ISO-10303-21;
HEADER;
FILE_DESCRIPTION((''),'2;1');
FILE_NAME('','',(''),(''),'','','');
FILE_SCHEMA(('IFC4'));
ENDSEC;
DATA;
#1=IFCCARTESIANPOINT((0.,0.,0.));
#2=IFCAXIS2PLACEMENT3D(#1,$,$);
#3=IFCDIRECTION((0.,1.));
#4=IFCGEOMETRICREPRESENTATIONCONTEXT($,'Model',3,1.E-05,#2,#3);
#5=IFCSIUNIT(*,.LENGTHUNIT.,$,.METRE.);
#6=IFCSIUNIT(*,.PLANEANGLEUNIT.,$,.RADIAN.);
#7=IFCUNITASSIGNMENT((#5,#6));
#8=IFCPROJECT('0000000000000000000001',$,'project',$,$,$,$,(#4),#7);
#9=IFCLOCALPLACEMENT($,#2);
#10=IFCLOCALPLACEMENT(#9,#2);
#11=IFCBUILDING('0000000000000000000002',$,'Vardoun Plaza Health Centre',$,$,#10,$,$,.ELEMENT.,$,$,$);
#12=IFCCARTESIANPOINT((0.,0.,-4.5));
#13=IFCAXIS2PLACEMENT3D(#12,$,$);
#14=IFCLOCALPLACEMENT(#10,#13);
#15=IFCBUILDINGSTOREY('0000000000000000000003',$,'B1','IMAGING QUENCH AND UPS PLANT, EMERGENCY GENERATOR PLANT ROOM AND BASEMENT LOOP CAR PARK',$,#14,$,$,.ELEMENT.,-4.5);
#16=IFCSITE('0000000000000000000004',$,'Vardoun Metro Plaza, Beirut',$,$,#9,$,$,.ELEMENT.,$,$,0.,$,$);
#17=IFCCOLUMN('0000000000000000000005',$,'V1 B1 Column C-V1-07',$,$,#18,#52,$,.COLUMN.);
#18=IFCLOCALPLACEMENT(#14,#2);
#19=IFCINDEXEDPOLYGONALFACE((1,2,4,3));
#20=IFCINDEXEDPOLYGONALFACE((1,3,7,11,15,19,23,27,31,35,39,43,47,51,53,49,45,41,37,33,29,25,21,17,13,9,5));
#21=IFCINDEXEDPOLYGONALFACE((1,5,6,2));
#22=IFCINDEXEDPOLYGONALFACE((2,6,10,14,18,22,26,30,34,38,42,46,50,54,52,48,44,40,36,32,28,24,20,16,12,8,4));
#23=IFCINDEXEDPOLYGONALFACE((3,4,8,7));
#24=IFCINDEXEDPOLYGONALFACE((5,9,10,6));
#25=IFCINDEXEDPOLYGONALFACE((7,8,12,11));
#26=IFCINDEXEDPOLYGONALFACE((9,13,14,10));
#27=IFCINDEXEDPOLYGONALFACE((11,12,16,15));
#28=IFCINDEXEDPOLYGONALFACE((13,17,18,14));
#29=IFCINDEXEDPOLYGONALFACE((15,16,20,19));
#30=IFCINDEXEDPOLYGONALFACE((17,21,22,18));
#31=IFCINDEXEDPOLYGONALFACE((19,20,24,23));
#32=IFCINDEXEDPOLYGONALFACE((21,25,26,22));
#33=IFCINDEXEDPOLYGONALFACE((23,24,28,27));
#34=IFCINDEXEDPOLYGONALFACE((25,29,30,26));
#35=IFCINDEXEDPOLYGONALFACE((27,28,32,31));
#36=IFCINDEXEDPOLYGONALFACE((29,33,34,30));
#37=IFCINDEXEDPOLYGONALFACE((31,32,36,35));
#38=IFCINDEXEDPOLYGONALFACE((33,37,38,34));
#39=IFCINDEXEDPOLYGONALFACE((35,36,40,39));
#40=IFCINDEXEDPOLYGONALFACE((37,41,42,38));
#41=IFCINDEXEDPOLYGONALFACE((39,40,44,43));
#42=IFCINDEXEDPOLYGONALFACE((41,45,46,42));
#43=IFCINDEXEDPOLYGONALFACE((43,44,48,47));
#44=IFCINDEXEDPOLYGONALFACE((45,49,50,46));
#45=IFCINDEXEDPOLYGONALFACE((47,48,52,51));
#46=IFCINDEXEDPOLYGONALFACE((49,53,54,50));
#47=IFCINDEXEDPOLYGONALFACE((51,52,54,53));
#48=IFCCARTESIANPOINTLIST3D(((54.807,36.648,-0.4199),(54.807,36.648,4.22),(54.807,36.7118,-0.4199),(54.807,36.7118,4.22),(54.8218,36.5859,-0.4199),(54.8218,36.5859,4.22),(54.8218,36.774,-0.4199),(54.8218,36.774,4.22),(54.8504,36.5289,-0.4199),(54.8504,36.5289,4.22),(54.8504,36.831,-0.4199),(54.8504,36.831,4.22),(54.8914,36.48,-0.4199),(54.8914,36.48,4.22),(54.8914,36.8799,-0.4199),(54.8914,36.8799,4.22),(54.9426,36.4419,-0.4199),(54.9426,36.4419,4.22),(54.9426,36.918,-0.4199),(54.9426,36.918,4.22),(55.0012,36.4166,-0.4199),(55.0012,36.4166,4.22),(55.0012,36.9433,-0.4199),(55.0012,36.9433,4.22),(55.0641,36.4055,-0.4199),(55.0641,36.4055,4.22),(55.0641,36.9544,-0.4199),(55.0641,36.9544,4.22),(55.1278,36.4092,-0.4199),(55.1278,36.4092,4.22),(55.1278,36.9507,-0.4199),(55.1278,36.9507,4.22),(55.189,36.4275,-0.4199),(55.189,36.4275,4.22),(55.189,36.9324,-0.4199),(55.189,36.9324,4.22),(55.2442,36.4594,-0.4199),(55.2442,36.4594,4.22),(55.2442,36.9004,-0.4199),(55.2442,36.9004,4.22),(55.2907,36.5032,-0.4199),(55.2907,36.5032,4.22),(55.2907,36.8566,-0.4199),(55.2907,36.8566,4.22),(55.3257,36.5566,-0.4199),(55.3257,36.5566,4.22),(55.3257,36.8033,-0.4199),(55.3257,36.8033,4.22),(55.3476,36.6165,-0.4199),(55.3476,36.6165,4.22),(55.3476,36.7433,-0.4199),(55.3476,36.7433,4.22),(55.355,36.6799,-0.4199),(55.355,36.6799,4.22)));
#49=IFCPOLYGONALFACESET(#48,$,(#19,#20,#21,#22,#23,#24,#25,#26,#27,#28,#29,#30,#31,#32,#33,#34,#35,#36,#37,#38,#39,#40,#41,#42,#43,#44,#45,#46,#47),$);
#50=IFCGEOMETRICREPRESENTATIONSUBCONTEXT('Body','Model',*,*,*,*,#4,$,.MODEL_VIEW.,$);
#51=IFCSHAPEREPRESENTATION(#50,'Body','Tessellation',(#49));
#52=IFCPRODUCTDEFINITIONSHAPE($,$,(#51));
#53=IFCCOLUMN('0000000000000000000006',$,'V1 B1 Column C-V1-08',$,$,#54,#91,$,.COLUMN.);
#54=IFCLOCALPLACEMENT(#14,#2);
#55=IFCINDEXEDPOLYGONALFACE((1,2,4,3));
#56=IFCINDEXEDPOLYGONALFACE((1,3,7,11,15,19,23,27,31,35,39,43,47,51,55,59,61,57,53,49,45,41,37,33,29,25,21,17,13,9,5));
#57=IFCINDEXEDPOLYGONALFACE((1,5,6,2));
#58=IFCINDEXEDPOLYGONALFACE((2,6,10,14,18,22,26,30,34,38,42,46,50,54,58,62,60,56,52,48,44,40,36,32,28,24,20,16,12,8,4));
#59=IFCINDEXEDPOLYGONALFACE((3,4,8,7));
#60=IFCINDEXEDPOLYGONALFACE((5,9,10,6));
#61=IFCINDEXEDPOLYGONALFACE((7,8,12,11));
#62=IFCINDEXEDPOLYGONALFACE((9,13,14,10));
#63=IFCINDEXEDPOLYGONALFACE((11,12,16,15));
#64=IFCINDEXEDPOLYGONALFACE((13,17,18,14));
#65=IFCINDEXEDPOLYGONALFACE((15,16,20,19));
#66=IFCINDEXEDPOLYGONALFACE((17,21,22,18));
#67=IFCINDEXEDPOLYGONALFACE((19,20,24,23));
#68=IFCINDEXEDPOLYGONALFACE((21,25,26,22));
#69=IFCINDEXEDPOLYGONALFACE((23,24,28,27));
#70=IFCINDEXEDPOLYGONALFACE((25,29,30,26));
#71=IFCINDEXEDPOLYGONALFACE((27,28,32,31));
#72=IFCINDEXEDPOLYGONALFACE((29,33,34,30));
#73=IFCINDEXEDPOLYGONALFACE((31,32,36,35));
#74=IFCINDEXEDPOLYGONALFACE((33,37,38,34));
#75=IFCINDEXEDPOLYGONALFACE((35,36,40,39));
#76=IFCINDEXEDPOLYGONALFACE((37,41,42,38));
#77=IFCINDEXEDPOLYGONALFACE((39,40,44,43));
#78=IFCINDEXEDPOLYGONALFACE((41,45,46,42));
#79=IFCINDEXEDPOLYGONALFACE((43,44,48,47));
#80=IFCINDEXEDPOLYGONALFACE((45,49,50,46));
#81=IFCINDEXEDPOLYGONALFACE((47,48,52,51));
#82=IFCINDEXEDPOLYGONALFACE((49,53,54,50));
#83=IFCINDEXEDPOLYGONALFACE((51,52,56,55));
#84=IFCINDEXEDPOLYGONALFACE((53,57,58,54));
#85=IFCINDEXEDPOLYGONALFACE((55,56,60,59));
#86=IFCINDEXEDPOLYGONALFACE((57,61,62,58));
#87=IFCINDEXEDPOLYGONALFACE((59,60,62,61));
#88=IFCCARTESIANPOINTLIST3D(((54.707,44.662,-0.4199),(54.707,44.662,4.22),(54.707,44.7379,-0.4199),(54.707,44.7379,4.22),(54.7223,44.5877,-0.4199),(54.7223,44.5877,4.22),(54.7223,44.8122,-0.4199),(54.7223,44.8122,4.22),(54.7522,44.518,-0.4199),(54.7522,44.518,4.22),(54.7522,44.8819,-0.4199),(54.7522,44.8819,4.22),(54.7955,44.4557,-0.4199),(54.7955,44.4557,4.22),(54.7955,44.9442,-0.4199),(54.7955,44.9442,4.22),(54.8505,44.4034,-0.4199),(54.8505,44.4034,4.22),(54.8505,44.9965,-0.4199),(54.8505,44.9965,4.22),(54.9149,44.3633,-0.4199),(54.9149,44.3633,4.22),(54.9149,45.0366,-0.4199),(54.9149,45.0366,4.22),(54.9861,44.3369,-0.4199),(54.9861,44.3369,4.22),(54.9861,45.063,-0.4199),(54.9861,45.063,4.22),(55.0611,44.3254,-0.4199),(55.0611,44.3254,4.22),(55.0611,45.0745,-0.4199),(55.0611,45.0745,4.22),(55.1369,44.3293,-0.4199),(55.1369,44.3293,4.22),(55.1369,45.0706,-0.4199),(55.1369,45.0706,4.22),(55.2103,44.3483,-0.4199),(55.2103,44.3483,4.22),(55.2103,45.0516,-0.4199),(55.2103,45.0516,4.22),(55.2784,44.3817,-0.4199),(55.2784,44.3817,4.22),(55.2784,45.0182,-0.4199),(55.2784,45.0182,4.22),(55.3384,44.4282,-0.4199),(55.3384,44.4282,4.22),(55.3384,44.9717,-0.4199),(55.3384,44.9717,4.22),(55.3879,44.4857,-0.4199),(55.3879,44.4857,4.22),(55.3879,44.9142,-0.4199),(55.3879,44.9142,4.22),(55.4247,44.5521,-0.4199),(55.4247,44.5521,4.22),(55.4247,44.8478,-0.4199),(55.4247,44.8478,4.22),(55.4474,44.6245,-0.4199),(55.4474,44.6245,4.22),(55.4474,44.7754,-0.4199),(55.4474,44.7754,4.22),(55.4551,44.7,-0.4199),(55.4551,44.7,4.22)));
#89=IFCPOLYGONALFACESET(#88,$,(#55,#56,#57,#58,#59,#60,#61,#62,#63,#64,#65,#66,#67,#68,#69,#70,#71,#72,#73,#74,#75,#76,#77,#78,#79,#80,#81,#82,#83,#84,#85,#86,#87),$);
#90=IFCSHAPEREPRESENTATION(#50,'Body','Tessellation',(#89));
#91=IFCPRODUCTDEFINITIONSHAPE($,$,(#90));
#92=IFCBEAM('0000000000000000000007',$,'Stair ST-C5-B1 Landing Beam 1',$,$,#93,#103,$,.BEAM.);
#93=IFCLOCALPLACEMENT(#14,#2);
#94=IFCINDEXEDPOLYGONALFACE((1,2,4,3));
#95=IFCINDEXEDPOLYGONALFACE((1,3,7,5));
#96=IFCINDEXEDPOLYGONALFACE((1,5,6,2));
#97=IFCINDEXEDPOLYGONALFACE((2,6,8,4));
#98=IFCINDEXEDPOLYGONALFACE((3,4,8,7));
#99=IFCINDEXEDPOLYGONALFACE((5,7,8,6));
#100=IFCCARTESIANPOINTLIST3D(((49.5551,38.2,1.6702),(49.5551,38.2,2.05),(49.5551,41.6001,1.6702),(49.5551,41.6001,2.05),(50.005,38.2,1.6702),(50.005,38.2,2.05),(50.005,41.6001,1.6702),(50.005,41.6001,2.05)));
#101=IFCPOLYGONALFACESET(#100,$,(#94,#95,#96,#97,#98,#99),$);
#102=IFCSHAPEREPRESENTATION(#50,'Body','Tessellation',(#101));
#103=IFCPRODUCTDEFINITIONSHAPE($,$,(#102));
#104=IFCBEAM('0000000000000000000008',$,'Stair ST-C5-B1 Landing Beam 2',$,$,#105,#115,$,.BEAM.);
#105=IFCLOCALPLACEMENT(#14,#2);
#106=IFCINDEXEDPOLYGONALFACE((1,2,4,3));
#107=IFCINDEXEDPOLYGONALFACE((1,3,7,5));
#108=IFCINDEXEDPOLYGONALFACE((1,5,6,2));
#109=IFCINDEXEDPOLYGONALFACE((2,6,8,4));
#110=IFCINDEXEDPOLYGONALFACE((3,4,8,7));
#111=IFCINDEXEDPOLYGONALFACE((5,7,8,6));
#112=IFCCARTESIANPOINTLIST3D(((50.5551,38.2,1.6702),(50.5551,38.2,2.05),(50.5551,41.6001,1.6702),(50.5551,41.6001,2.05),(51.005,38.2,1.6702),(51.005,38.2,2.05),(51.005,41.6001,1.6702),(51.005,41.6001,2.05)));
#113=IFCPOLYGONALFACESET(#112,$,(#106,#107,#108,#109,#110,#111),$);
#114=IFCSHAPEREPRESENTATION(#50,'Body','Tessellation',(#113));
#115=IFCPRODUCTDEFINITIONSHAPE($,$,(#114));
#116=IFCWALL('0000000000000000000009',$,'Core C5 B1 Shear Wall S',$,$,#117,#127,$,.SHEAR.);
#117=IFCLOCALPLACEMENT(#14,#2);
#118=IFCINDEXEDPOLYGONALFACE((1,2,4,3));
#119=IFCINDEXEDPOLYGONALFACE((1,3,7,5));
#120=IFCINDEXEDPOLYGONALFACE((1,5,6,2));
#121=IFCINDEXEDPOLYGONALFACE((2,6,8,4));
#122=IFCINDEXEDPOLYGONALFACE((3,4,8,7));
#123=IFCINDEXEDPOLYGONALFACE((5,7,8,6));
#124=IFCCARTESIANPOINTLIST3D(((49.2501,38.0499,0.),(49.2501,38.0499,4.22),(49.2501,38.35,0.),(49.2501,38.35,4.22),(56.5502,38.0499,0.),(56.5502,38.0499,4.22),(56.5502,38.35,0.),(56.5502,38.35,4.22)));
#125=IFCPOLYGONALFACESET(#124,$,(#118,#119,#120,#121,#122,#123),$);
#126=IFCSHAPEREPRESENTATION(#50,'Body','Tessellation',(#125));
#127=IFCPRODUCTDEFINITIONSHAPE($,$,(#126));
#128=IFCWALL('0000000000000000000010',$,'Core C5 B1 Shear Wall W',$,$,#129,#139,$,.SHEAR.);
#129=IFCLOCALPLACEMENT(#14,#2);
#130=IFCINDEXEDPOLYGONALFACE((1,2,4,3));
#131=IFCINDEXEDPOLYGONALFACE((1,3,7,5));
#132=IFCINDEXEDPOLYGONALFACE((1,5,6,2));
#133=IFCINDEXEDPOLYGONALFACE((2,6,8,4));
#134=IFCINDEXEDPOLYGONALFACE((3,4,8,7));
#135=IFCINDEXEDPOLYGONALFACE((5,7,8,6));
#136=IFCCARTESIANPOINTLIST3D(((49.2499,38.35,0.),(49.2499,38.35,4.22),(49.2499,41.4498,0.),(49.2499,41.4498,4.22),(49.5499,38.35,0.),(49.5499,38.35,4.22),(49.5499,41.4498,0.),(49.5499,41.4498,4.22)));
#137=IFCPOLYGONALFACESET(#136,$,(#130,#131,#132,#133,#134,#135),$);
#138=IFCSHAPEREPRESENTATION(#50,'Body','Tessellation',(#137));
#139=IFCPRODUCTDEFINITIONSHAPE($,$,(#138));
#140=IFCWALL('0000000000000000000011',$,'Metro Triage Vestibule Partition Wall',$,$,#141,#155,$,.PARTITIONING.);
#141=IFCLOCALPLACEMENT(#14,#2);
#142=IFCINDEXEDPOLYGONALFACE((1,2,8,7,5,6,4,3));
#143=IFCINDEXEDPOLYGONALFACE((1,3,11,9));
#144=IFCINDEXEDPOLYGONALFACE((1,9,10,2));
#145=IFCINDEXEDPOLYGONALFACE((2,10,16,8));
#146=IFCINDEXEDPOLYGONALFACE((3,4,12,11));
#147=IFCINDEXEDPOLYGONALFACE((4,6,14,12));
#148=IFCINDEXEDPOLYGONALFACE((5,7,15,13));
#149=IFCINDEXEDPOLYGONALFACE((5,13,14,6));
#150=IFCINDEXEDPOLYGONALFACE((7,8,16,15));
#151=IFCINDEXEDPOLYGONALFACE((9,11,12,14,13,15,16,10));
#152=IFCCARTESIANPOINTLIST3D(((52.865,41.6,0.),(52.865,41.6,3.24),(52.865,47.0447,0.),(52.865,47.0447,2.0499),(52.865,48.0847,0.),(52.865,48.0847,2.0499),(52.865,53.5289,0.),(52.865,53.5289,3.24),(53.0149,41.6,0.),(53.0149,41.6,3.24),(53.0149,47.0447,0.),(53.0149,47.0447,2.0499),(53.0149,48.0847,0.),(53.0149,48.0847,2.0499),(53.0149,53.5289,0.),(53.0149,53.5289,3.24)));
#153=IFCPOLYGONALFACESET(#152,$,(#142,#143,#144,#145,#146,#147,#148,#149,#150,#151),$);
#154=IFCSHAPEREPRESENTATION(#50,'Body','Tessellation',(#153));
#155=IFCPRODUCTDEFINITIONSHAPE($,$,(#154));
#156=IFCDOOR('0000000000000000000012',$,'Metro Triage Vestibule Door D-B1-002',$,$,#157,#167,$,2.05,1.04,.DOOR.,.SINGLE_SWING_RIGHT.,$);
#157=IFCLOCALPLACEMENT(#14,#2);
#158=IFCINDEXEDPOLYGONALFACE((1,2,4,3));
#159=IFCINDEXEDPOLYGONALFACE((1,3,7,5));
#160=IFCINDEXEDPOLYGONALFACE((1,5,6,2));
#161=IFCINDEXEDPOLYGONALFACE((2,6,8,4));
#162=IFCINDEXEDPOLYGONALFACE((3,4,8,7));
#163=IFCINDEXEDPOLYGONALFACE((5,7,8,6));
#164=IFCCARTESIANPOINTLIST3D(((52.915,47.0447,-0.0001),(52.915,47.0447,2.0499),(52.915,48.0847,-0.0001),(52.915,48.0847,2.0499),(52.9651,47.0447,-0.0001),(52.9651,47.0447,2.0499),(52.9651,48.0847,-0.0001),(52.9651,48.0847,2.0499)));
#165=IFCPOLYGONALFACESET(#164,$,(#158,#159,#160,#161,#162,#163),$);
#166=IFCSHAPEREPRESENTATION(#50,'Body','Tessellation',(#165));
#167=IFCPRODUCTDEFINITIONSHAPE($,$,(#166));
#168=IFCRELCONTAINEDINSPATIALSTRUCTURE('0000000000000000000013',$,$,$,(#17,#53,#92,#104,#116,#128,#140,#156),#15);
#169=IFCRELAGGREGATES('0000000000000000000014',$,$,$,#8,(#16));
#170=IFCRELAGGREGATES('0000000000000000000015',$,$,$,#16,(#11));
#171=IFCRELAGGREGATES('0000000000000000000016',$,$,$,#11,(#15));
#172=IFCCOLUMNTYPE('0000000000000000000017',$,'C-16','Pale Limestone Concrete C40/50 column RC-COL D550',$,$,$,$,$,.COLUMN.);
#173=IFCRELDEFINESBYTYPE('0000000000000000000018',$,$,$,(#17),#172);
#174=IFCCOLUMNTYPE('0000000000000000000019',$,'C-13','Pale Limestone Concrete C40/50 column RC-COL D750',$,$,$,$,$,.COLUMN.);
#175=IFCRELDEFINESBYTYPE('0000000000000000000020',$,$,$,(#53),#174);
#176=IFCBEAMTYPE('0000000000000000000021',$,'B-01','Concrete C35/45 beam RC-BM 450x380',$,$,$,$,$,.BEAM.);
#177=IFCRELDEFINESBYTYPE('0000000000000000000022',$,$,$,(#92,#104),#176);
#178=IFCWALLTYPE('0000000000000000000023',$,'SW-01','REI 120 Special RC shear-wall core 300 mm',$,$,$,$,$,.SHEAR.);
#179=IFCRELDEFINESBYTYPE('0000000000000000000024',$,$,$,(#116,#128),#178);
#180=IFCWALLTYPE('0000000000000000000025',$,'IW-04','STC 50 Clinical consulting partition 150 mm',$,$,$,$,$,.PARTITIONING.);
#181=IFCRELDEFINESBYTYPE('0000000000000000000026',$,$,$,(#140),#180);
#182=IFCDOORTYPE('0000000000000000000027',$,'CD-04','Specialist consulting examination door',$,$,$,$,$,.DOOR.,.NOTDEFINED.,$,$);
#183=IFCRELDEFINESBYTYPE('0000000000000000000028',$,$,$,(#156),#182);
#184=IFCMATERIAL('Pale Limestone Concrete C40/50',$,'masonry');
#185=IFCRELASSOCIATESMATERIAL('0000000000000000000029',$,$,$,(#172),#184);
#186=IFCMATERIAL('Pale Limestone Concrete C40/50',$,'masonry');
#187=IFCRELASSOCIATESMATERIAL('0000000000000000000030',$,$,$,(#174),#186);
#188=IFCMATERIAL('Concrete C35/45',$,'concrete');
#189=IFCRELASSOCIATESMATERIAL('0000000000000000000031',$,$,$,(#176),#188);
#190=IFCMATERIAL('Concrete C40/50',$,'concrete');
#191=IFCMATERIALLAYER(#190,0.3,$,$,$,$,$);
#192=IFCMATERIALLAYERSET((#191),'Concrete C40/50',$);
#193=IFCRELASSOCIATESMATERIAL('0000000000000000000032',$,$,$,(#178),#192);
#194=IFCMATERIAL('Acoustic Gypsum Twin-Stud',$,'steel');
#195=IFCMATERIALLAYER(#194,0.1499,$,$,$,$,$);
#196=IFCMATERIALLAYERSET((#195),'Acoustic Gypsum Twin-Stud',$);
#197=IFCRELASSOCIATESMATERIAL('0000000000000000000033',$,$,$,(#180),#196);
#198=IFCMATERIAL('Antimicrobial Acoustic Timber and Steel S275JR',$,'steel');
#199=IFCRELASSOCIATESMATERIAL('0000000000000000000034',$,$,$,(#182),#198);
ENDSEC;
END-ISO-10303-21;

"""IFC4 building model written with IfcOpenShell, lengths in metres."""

from ifc_helpers import new_model, si_unit, direction, frame, frame_2d, origin, origin_2d, place, context, subcontext, project, spatial, rectangle, circle, extrude, material, layer, layer_set, material_profile, profile_set, type_object, element, fill, save


model = new_model("IFC4")

# Units and contexts
model_context = context("Model", 3, precision=1e-05, world=origin(), true_north=direction((0.0, 1.0)))
body_context = subcontext(model_context, "Body", "Model", "MODEL_VIEW")
ifc_project = project(units=[si_unit("LENGTHUNIT", "METRE"), si_unit("PLANEANGLEUNIT", "RADIAN")], contexts=[model_context])

# Site, building, storey
site_placement = place(None, origin())
site = spatial("IfcSite", under=ifc_project, at=site_placement, Name="Vardoun Metro Plaza, Beirut", CompositionType="ELEMENT", RefElevation=0.0)
building_placement = place(site_placement, origin())
building = spatial("IfcBuilding", under=site, at=building_placement, Name="Vardoun Plaza Health Centre", CompositionType="ELEMENT")
storey_placement = place(building_placement, frame((0.0, 0.0, -4.5)))
storey = spatial("IfcBuildingStorey", under=building, at=storey_placement, Name="B1", Description="IMAGING QUENCH AND UPS PLANT, EMERGENCY GENERATOR PLANT ROOM AND BASEMENT LOOP CAR PARK", CompositionType="ELEMENT", Elevation=-4.5)

# Columns
ifc_material_1 = material(Name="Pale Limestone Concrete C40/50", Category="masonry")
ifc_material_profile_1 = material_profile(ifc_material_1, circle(Radius=0.2749, at=origin_2d()), Name="RC-COL D550")
ifc_profile_set_1 = profile_set([ifc_material_profile_1], Name="Pale Limestone Concrete C40/50")
column_type_1 = type_object("IfcColumnType", Name="C-16", Description="Pale Limestone Concrete C40/50 column RC-COL D550", PredefinedType="COLUMN", material=ifc_profile_set_1)
column_1_placement = place(storey_placement, frame((55.0801, 36.6799, -0.4199), z_axis=(0.0, 0.0, 1.0), x_axis=(1.0, 0.0, 0.0)))
element("IfcColumn", 1, at=column_1_placement, inside=storey, type_object=column_type_1, Name="V1 B1 Column C-V1-07", PredefinedType="COLUMN", context=body_context, shape_type="SweptSolid", body=[
    extrude(circle(Radius=0.2749, at=origin_2d()), origin(), (0.0, 0.0, 1.0), 4.6399),
])
ifc_material_2 = material(Name="Pale Limestone Concrete C40/50", Category="masonry")
ifc_material_profile_2 = material_profile(ifc_material_2, circle(Radius=0.375, at=origin_2d()), Name="RC-COL D750")
ifc_profile_set_2 = profile_set([ifc_material_profile_2], Name="Pale Limestone Concrete C40/50")
column_type_2 = type_object("IfcColumnType", Name="C-13", Description="Pale Limestone Concrete C40/50 column RC-COL D750", PredefinedType="COLUMN", material=ifc_profile_set_2)
column_2_placement = place(storey_placement, frame((55.0801, 44.7, -0.4199), z_axis=(0.0, 0.0, 1.0), x_axis=(1.0, 0.0, 0.0)))
element("IfcColumn", 2, at=column_2_placement, inside=storey, type_object=column_type_2, Name="V1 B1 Column C-V1-08", PredefinedType="COLUMN", context=body_context, shape_type="SweptSolid", body=[
    extrude(circle(Radius=0.375, at=origin_2d()), origin(), (0.0, 0.0, 1.0), 4.6399),
])

# Beams
ifc_material_3 = material(Name="Concrete C35/45", Category="concrete")
ifc_material_profile_3 = material_profile(ifc_material_3, rectangle(XDim=0.45, YDim=0.3799, at=origin_2d()), Name="RC-BM 450x380")
ifc_profile_set_3 = profile_set([ifc_material_profile_3], Name="Concrete C35/45")
beam_type = type_object("IfcBeamType", Name="B-01", Description="Concrete C35/45 beam RC-BM 450x380", PredefinedType="BEAM", material=ifc_profile_set_3)
for number, where, z_axis, x_axis, name in (
    (3, (49.78, 38.2, 1.8601), (0.0, 1.0, 0.0), (-1.0, 0.0, 0.0), "Stair ST-C5-B1 Landing Beam 1"),
    (4, (50.78, 38.2, 1.8601), (0.0, 1.0, 0.0), (-1.0, 0.0, 0.0), "Stair ST-C5-B1 Landing Beam 2"),
):
    element("IfcBeam", number, at=place(storey_placement, frame(where, z_axis=z_axis, x_axis=x_axis)), inside=storey, type_object=beam_type, Name=name, PredefinedType="BEAM", context=body_context, shape_type="SweptSolid", body=[
        extrude(rectangle(XDim=0.45, YDim=0.3799, at=origin_2d()), origin(), (0.0, 0.0, 1.0), 3.4001),
    ])

# Walls
ifc_material_4 = material(Name="Concrete C40/50", Category="concrete")
ifc_layer_1 = layer(ifc_material_4, 0.3)
ifc_layer_set_1 = layer_set([ifc_layer_1], Name="Concrete C40/50")
wall_type_1 = type_object("IfcWallType", Name="SW-01", Description="REI 120 Special RC shear-wall core 300 mm", PredefinedType="SHEAR", material=ifc_layer_set_1)
wall_1_placement = place(storey_placement, frame((56.55, 38.2, 0.0), z_axis=(0.0, 0.0, 1.0), x_axis=(-1.0, 0.0, 0.0)))
element("IfcWall", 5, at=wall_1_placement, inside=storey, type_object=wall_type_1, Name="Core C5 B1 Shear Wall S", PredefinedType="SHEAR", context=body_context, shape_type="SweptSolid", body=[
    extrude(rectangle(XDim=7.3, YDim=0.3, at=frame_2d((3.6499, 0.0))), origin(), (0.0, 0.0, 1.0), 4.22),
])
wall_2_placement = place(storey_placement, frame((49.3999, 38.3501, 0.0), z_axis=(0.0, 0.0, 1.0), x_axis=(0.0, 1.0, 0.0)))
element("IfcWall", 6, at=wall_2_placement, inside=storey, type_object=wall_type_1, Name="Core C5 B1 Shear Wall W", PredefinedType="SHEAR", context=body_context, shape_type="SweptSolid", body=[
    extrude(rectangle(XDim=3.0999, YDim=0.3, at=frame_2d((1.5498, 0.0))), origin(), (0.0, 0.0, 1.0), 4.22),
])

# Wall, opening, door
ifc_material_5 = material(Name="Acoustic Gypsum Twin-Stud", Category="steel")
ifc_layer_2 = layer(ifc_material_5, 0.1499)
ifc_layer_set_2 = layer_set([ifc_layer_2], Name="Acoustic Gypsum Twin-Stud")
wall_type_2 = type_object("IfcWallType", Name="IW-04", Description="STC 50 Clinical consulting partition 150 mm", PredefinedType="PARTITIONING", material=ifc_layer_set_2)
wall_3_placement = place(storey_placement, frame((52.9399, 41.6001, 0.0), z_axis=(0.0, 0.0, 1.0), x_axis=(0.0, 1.0, 0.0)))
wall_3 = element("IfcWall", 7, at=wall_3_placement, inside=storey, type_object=wall_type_2, Name="Metro Triage Vestibule Partition Wall", PredefinedType="PARTITIONING", context=body_context, shape_type="SweptSolid", body=[
    extrude(rectangle(XDim=11.929, YDim=0.1499, at=frame_2d((5.9644, 0.0))), origin(), (0.0, 0.0, 1.0), 3.24),
])
opening_1_placement = place(wall_3_placement, frame((5.4446, 0.0, 0.0)))
opening_1 = element("IfcOpeningElement", 8, at=opening_1_placement, cuts=wall_3, PredefinedType="OPENING", context=body_context, shape_type="SweptSolid", body=[
    extrude(rectangle(XDim=1.04, YDim=2.05, at=frame_2d((0.52, 1.0249))), frame((0.0, 0.075, 0.0), z_axis=(0.0, -1.0, 0.0), x_axis=(1.0, 0.0, 0.0)), (0.0, 0.0, 1.0), 0.1499),
])
ifc_material_6 = material(Name="Antimicrobial Acoustic Timber and Steel S275JR", Category="steel")
door_type_1 = type_object("IfcDoorType", Name="CD-04", Description="Specialist consulting examination door", OperationType="NOTDEFINED", PredefinedType="DOOR", material=ifc_material_6)
door_1_placement = place(opening_1_placement, origin())
door_1 = element("IfcDoor", 9, at=door_1_placement, inside=storey, type_object=door_type_1, Name="Metro Triage Vestibule Door D-B1-002", OperationType="SINGLE_SWING_RIGHT", OverallHeight=2.05, OverallWidth=1.04, PredefinedType="DOOR", context=body_context, shape_type="SweptSolid", body=[
    extrude(rectangle(XDim=1.04, YDim=2.05, at=frame_2d((0.52, 1.0249))), frame((0.0, 0.0249, 0.0), z_axis=(0.0, -1.0, 0.0), x_axis=(1.0, 0.0, 0.0)), (0.0, 0.0, 1.0), 0.05),
])
fill(opening_1, door_1)

save(model, "model.ifc")
